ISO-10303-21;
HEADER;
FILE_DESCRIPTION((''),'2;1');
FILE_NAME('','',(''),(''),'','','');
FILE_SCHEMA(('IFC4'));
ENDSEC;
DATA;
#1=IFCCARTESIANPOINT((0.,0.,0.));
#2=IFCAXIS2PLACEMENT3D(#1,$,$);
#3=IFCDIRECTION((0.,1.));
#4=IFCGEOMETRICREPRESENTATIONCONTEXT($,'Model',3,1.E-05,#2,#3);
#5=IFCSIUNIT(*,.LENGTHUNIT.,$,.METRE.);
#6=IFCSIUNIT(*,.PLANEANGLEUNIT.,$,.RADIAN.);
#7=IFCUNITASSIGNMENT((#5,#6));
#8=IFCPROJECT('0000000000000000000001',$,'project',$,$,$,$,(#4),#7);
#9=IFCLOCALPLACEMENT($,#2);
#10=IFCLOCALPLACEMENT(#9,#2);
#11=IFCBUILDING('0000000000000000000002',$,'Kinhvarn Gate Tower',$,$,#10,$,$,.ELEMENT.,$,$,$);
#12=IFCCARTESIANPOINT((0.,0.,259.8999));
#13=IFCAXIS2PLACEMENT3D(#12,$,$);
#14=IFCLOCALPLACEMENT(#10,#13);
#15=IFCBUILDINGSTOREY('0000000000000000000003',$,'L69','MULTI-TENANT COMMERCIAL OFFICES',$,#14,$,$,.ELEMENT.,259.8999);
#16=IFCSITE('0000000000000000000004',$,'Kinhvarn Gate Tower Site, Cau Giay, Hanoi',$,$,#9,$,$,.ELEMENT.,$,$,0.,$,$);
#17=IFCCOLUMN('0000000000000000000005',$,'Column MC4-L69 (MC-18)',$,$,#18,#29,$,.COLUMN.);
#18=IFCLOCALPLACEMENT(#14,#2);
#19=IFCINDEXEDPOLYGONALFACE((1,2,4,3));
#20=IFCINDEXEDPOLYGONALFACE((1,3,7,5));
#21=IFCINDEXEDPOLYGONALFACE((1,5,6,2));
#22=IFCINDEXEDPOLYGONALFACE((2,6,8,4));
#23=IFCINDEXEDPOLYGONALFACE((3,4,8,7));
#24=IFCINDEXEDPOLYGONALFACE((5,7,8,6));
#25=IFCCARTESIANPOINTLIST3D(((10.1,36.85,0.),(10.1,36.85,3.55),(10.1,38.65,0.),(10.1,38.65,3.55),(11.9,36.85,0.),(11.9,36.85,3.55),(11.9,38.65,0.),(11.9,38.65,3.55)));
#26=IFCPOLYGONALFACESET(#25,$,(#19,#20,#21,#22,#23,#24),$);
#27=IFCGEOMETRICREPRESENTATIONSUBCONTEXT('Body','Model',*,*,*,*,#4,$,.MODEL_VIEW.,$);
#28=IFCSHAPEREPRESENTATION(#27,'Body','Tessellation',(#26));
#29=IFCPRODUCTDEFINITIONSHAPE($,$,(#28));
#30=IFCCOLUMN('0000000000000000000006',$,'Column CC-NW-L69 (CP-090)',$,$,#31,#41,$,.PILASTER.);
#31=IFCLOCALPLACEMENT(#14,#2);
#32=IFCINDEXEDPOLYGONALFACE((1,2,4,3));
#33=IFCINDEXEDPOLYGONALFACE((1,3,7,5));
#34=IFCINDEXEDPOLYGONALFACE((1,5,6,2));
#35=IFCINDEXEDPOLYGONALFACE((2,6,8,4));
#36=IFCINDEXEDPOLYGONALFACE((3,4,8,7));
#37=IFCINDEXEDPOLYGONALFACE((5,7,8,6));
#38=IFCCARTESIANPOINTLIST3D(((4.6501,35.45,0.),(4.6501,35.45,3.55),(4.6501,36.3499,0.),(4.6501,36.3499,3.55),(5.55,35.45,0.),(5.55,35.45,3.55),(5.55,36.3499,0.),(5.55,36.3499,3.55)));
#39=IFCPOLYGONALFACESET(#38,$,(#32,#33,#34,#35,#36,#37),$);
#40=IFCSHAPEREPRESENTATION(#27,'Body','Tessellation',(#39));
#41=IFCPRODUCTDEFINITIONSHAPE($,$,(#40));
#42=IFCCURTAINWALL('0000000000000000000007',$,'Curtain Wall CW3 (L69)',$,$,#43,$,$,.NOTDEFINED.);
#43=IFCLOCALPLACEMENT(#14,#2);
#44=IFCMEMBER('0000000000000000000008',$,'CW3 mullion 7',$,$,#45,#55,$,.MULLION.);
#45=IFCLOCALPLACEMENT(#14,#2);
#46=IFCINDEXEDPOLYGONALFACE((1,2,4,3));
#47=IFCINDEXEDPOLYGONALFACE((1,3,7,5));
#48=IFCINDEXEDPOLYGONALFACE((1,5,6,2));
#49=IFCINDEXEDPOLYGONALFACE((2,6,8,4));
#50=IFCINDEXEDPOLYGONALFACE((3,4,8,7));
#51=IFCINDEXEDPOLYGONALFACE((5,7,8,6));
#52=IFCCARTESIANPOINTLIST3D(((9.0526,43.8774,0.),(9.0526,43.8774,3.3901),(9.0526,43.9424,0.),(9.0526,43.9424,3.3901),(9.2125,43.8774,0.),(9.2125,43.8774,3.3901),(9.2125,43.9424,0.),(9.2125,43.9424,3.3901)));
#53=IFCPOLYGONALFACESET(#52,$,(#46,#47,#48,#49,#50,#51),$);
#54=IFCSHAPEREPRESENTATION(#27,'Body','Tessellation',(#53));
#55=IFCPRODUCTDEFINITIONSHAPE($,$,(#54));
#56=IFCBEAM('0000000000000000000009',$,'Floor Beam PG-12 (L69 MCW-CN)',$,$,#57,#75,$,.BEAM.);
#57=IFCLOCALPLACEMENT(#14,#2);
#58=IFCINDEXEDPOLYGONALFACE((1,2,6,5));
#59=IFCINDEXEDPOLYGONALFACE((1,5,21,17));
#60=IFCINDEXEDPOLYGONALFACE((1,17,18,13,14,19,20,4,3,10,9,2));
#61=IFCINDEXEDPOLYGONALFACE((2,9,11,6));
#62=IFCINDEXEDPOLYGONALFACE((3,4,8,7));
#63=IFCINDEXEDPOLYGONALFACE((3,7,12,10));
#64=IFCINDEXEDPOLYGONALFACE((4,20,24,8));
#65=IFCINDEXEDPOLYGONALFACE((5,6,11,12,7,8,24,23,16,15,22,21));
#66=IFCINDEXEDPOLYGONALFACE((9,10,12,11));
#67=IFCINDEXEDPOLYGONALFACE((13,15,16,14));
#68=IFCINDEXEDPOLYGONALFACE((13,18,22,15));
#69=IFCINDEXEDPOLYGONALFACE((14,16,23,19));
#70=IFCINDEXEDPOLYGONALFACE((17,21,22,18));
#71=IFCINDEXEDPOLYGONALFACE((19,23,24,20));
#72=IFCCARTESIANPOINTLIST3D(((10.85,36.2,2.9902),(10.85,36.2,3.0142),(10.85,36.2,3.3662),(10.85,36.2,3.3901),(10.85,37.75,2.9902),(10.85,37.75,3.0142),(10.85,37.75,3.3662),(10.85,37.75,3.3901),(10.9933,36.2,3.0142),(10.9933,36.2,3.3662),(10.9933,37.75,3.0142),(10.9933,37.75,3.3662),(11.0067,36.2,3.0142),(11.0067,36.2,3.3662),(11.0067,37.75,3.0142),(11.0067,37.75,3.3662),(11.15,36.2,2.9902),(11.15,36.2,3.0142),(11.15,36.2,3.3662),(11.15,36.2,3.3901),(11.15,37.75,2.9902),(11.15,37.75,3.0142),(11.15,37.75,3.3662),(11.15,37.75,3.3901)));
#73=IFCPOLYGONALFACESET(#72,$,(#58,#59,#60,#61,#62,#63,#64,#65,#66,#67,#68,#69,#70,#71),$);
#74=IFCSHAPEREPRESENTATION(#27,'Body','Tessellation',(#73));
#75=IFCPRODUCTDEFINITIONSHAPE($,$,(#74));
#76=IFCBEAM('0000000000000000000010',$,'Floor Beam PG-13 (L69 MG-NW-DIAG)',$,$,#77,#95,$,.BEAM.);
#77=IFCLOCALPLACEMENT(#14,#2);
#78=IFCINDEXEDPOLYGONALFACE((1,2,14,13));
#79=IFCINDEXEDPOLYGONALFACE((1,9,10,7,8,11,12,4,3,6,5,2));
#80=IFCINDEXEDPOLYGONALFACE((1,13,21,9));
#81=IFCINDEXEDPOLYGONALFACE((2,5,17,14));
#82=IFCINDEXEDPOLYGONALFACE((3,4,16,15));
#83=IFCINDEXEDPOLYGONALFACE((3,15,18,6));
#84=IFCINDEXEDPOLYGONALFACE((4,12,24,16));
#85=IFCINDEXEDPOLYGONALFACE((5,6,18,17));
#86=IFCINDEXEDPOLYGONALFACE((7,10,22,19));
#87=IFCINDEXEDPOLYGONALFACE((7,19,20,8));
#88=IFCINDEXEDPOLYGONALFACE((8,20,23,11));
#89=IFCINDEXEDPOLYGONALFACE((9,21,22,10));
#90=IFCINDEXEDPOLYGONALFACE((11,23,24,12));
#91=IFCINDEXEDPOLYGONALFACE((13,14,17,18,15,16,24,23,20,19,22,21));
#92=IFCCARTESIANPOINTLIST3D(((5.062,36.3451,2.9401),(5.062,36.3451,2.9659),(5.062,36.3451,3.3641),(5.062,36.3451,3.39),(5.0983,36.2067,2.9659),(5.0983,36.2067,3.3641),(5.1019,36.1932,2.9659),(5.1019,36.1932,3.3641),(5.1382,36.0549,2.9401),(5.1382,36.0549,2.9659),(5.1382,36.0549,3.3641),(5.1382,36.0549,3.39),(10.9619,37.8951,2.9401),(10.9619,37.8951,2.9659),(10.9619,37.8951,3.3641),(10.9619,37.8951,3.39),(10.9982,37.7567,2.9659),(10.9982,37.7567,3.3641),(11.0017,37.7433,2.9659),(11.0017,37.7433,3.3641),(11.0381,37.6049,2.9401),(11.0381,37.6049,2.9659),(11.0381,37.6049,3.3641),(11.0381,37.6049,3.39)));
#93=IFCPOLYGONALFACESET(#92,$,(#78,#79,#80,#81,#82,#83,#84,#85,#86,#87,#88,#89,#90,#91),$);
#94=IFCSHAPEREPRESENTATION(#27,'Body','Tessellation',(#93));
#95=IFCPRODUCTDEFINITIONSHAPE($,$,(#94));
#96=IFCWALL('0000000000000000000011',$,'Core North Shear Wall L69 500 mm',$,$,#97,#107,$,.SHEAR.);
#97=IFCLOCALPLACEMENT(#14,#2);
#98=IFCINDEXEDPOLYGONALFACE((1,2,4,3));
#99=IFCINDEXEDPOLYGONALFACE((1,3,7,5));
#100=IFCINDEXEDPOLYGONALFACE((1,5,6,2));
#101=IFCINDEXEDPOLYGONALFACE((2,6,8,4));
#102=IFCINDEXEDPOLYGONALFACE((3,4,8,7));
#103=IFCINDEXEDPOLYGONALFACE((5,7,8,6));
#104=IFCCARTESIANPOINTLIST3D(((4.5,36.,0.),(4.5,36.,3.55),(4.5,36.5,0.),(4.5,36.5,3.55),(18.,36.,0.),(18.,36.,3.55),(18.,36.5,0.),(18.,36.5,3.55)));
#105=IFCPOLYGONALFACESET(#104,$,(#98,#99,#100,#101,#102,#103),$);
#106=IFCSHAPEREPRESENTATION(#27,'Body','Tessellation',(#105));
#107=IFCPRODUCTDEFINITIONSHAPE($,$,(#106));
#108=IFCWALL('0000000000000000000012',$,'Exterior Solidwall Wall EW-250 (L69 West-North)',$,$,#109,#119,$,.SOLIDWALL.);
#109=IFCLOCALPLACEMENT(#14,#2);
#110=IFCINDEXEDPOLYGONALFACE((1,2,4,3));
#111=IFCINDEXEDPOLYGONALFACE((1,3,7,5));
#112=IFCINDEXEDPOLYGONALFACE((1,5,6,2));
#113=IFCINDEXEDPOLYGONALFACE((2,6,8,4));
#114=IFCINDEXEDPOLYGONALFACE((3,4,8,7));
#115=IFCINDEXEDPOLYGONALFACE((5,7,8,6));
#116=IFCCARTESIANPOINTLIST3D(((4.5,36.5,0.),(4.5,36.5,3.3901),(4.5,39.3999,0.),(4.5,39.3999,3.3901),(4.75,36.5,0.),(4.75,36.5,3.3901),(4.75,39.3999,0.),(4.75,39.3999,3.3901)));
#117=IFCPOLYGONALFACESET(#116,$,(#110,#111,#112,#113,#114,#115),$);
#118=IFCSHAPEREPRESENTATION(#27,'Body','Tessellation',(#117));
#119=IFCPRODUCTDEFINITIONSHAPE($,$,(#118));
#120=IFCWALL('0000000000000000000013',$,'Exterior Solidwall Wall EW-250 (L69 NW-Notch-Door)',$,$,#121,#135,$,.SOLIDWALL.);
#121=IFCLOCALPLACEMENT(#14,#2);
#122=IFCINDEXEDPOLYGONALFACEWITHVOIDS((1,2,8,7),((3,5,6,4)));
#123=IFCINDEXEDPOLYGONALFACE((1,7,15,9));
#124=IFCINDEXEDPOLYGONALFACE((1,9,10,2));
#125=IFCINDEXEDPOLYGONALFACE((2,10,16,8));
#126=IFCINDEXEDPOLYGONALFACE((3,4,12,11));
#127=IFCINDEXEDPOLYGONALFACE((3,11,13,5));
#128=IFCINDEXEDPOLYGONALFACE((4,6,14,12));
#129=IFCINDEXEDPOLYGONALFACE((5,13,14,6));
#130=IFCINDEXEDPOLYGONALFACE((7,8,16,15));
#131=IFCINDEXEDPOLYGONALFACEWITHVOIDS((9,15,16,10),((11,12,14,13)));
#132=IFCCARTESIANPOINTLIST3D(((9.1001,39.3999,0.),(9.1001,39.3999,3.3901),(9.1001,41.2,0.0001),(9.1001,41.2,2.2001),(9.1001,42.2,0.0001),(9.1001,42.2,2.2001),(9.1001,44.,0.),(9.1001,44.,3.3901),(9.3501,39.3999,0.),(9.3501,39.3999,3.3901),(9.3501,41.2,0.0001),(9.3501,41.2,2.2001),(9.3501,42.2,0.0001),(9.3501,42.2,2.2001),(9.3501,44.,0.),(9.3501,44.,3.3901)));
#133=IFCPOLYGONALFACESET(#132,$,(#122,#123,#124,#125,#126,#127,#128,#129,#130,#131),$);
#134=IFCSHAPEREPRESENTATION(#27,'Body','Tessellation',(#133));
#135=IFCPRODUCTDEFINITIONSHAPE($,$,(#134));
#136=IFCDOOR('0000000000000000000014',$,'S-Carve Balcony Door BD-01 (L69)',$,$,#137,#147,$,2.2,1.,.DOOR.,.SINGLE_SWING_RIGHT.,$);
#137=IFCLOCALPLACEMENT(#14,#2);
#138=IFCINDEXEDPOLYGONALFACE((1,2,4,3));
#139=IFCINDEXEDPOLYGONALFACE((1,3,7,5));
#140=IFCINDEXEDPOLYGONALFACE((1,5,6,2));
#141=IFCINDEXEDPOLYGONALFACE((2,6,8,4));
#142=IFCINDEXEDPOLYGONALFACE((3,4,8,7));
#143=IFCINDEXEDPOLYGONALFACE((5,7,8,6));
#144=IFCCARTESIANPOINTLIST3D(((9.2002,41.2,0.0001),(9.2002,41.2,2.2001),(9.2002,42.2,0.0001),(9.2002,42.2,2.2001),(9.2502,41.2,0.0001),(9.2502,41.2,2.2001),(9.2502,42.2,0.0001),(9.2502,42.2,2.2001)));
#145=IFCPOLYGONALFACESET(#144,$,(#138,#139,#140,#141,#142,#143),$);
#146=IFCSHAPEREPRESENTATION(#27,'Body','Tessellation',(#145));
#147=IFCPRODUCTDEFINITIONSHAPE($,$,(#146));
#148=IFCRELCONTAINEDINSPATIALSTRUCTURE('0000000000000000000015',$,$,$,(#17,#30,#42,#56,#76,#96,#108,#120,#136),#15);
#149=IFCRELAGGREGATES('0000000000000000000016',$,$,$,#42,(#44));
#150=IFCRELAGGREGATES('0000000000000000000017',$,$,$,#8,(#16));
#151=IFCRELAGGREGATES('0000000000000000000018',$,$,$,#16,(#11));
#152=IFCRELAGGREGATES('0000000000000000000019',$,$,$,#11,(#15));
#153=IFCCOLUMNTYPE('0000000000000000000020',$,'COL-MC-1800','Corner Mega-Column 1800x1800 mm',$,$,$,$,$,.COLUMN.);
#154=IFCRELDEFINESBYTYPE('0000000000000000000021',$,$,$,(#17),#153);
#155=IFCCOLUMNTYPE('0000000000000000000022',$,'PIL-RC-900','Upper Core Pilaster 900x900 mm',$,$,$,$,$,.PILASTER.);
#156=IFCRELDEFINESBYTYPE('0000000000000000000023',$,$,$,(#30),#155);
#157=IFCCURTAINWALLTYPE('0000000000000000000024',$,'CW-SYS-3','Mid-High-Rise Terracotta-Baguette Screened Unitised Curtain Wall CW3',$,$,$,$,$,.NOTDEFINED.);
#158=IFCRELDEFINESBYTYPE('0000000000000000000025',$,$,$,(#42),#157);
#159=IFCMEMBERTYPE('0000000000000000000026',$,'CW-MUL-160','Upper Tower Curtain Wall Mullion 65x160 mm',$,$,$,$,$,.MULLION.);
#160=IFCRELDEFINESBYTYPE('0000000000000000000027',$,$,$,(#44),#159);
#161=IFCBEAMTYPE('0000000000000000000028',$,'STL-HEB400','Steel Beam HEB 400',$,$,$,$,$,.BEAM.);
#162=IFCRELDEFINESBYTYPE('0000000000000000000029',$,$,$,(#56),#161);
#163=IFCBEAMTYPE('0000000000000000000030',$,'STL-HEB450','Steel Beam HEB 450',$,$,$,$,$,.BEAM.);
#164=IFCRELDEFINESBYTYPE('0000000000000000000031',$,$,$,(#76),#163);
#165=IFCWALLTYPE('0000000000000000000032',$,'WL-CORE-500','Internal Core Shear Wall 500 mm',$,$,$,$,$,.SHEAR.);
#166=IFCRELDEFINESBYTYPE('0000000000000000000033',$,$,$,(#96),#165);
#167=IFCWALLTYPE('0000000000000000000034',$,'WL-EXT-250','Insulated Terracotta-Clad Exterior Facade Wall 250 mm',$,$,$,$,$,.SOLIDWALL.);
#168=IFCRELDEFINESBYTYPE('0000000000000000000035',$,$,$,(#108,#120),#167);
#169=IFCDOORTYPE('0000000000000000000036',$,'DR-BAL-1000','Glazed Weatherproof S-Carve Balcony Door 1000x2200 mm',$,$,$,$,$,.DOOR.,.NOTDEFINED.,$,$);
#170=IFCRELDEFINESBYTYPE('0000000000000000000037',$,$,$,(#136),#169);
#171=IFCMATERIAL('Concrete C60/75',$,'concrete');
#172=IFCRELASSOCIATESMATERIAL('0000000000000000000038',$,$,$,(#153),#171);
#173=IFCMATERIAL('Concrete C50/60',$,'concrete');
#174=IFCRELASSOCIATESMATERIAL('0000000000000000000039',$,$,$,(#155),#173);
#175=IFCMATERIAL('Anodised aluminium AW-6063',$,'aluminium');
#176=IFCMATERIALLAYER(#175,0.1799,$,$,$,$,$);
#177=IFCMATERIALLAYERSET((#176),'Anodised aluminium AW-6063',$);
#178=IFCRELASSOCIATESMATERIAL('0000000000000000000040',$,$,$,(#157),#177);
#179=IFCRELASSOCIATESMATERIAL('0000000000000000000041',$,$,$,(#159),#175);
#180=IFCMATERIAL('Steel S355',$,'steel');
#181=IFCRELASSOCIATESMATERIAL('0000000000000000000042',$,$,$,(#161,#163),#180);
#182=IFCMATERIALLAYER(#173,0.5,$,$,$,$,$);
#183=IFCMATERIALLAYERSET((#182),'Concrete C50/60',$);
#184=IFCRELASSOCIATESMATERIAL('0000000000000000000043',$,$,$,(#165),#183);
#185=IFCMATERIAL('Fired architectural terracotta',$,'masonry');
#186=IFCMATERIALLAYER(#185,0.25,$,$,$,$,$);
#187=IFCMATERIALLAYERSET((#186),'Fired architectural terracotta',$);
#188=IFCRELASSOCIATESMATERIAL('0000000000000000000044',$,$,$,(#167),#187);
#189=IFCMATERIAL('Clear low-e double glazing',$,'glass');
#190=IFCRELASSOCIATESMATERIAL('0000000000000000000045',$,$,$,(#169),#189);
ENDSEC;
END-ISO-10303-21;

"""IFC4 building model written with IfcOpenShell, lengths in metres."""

from ifc_helpers import new_model, si_unit, direction, frame, frame_2d, origin, origin_2d, place, context, subcontext, project, spatial, rectangle, i_section, extrude, material, layer, layer_set, material_profile, profile_set, type_object, element, fill, aggregate, save


model = new_model("IFC4")

# Units and contexts
model_context = context("Model", 3, precision=1e-05, world=origin(), true_north=direction((0.0, 1.0)))
body_context = subcontext(model_context, "Body", "Model", "MODEL_VIEW")
ifc_project = project(units=[si_unit("LENGTHUNIT", "METRE"), si_unit("PLANEANGLEUNIT", "RADIAN")], contexts=[model_context])

# Site, building, storey
site_placement = place(None, origin())
site = spatial("IfcSite", under=ifc_project, at=site_placement, Name="Kinhvarn Gate Tower Site, Cau Giay, Hanoi", CompositionType="ELEMENT", RefElevation=0.0)
building_placement = place(site_placement, origin())
building = spatial("IfcBuilding", under=site, at=building_placement, Name="Kinhvarn Gate Tower", CompositionType="ELEMENT")
storey_placement = place(building_placement, frame((0.0, 0.0, 259.8999)))
storey = spatial("IfcBuildingStorey", under=building, at=storey_placement, Name="L69", Description="MULTI-TENANT COMMERCIAL OFFICES", CompositionType="ELEMENT", Elevation=259.8999)

# Columns
ifc_material_1 = material(Name="Concrete C60/75", Category="concrete")
ifc_material_profile_1 = material_profile(ifc_material_1, rectangle(XDim=1.8, YDim=1.8, at=origin_2d()), Name="RC 1800x1800")
ifc_profile_set_1 = profile_set([ifc_material_profile_1], Name="Concrete C60/75")
column_type_1 = type_object("IfcColumnType", Name="COL-MC-1800", Description="Corner Mega-Column 1800x1800 mm", PredefinedType="COLUMN", material=ifc_profile_set_1)
column_1_placement = place(storey_placement, frame((11.0, 37.75, 0.0), z_axis=(0.0, 0.0, 1.0), x_axis=(1.0, 0.0, 0.0)))
element("IfcColumn", 1, at=column_1_placement, inside=storey, type_object=column_type_1, Name="Column MC4-L69 (MC-18)", PredefinedType="COLUMN", context=body_context, shape_type="SweptSolid", body=[
    extrude(rectangle(XDim=1.8, YDim=1.8, at=origin_2d()), origin(), (0.0, 0.0, 1.0), 3.55),
])
ifc_material_2 = material(Name="Concrete C50/60", Category="concrete")
ifc_material_profile_2 = material_profile(ifc_material_2, rectangle(XDim=0.8999, YDim=0.8999, at=origin_2d()), Name="RC 900x900")
ifc_profile_set_2 = profile_set([ifc_material_profile_2], Name="Concrete C50/60")
column_type_2 = type_object("IfcColumnType", Name="PIL-RC-900", Description="Upper Core Pilaster 900x900 mm", PredefinedType="PILASTER", material=ifc_profile_set_2)
column_2_placement = place(storey_placement, frame((5.1001, 35.8999, 0.0), z_axis=(0.0, 0.0, 1.0), x_axis=(1.0, 0.0, 0.0)))
element("IfcColumn", 2, at=column_2_placement, inside=storey, type_object=column_type_2, Name="Column CC-NW-L69 (CP-090)", PredefinedType="PILASTER", context=body_context, shape_type="SweptSolid", body=[
    extrude(rectangle(XDim=0.8999, YDim=0.8999, at=origin_2d()), origin(), (0.0, 0.0, 1.0), 3.55),
])

# Curtain wall, member
ifc_material_3 = material(Name="Anodised aluminium AW-6063", Category="aluminium")
ifc_layer_1 = layer(ifc_material_3, 0.1799)
ifc_layer_set_1 = layer_set([ifc_layer_1], Name="Anodised aluminium AW-6063")
curtain_wall_type = type_object("IfcCurtainWallType", Name="CW-SYS-3", Description="Mid-High-Rise Terracotta-Baguette Screened Unitised Curtain Wall CW3", PredefinedType="NOTDEFINED", material=ifc_layer_set_1)
curtain_wall_placement = place(storey_placement, origin())
curtain_wall = element("IfcCurtainWall", 3, at=curtain_wall_placement, inside=storey, type_object=curtain_wall_type, Name="Curtain Wall CW3 (L69)", PredefinedType="NOTDEFINED")
ifc_material_profile_3 = material_profile(ifc_material_3, rectangle(XDim=0.0649, YDim=0.1599, at=origin_2d()), Name="ALU 65x160")
ifc_profile_set_3 = profile_set([ifc_material_profile_3], Name="Anodised aluminium AW-6063")
member_type = type_object("IfcMemberType", Name="CW-MUL-160", Description="Upper Tower Curtain Wall Mullion 65x160 mm", PredefinedType="MULLION", material=ifc_profile_set_3)
member_placement = place(storey_placement, frame((9.1326, 43.9099, 0.0), z_axis=(0.0, 0.0, 1.0), x_axis=(0.0, -1.0, 0.0)))
member = element("IfcMember", 4, at=member_placement, type_object=member_type, Name="CW3 mullion 7", PredefinedType="MULLION", context=body_context, shape_type="SweptSolid", body=[
    extrude(rectangle(XDim=0.0649, YDim=0.1599, at=origin_2d()), origin(), (0.0, 0.0, 1.0), 3.3901),
])
aggregate(curtain_wall, [member])

# Beams
ifc_material_4 = material(Name="Steel S355", Category="steel")
ifc_material_profile_4 = material_profile(ifc_material_4, i_section(OverallWidth=0.3, OverallDepth=0.3999, WebThickness=0.0134, FlangeThickness=0.0239, at=origin_2d()), Name="HEB 400")
ifc_profile_set_4 = profile_set([ifc_material_profile_4], Name="Steel S355")
beam_type_1 = type_object("IfcBeamType", Name="STL-HEB400", Description="Steel Beam HEB 400", PredefinedType="BEAM", material=ifc_profile_set_4)
beam_1_placement = place(storey_placement, frame((11.0, 36.2, 3.1902), z_axis=(0.0, 1.0, 0.0), x_axis=(-1.0, 0.0, 0.0)))
element("IfcBeam", 5, at=beam_1_placement, inside=storey, type_object=beam_type_1, Name="Floor Beam PG-12 (L69 MCW-CN)", PredefinedType="BEAM", context=body_context, shape_type="SweptSolid", body=[
    extrude(i_section(OverallWidth=0.3, OverallDepth=0.3999, WebThickness=0.0134, FlangeThickness=0.0239, at=origin_2d()), origin(), (0.0, 0.0, 1.0), 1.55),
])
ifc_material_profile_5 = material_profile(ifc_material_4, i_section(OverallWidth=0.3, OverallDepth=0.45, WebThickness=0.0139, FlangeThickness=0.0259, at=origin_2d()), Name="HEB 450")
ifc_profile_set_5 = profile_set([ifc_material_profile_5], Name="Steel S355")
beam_type_2 = type_object("IfcBeamType", Name="STL-HEB450", Description="Steel Beam HEB 450", PredefinedType="BEAM", material=ifc_profile_set_5)
beam_2_placement = place(storey_placement, frame((5.1001, 36.2, 3.165), z_axis=(0.967178, 0.254101, 0.0), x_axis=(-0.254101, 0.967178, 0.0)))
element("IfcBeam", 6, at=beam_2_placement, inside=storey, type_object=beam_type_2, Name="Floor Beam PG-13 (L69 MG-NW-DIAG)", PredefinedType="BEAM", context=body_context, shape_type="SweptSolid", body=[
    extrude(i_section(OverallWidth=0.3, OverallDepth=0.45, WebThickness=0.0139, FlangeThickness=0.0259, at=origin_2d()), origin(), (0.0, 0.0, 1.0), 6.1001),
])

# Walls
ifc_layer_2 = layer(ifc_material_2, 0.5)
ifc_layer_set_2 = layer_set([ifc_layer_2], Name="Concrete C50/60")
wall_type_1 = type_object("IfcWallType", Name="WL-CORE-500", Description="Internal Core Shear Wall 500 mm", PredefinedType="SHEAR", material=ifc_layer_set_2)
wall_1_placement = place(storey_placement, frame((4.5, 36.25, 0.0), z_axis=(0.0, 0.0, 1.0), x_axis=(1.0, 0.0, 0.0)))
element("IfcWall", 7, at=wall_1_placement, inside=storey, type_object=wall_type_1, Name="Core North Shear Wall L69 500 mm", PredefinedType="SHEAR", context=body_context, shape_type="SweptSolid", body=[
    extrude(rectangle(XDim=13.5, YDim=0.5, at=frame_2d((6.75, 0.0))), origin(), (0.0, 0.0, 1.0), 3.55),
])
ifc_material_5 = material(Name="Fired architectural terracotta", Category="masonry")
ifc_layer_3 = layer(ifc_material_5, 0.25)
ifc_layer_set_3 = layer_set([ifc_layer_3], Name="Fired architectural terracotta")
wall_type_2 = type_object("IfcWallType", Name="WL-EXT-250", Description="Insulated Terracotta-Clad Exterior Facade Wall 250 mm", PredefinedType="SOLIDWALL", material=ifc_layer_set_3)
wall_2_placement = place(storey_placement, frame((4.625, 39.3999, 0.0), z_axis=(0.0, 0.0, 1.0), x_axis=(0.0, -1.0, 0.0)))
element("IfcWall", 8, at=wall_2_placement, inside=storey, type_object=wall_type_2, Name="Exterior Solidwall Wall EW-250 (L69 West-North)", PredefinedType="SOLIDWALL", context=body_context, shape_type="SweptSolid", body=[
    extrude(rectangle(XDim=2.8999, YDim=0.25, at=frame_2d((1.45, 0.0))), origin(), (0.0, 0.0, 1.0), 3.3901),
])

# Wall, opening, door
wall_3_placement = place(storey_placement, frame((9.2251, 44.0, 0.0), z_axis=(0.0, 0.0, 1.0), x_axis=(0.0, -1.0, 0.0)))
wall_3 = element("IfcWall", 9, at=wall_3_placement, inside=storey, type_object=wall_type_2, Name="Exterior Solidwall Wall EW-250 (L69 NW-Notch-Door)", PredefinedType="SOLIDWALL", context=body_context, shape_type="SweptSolid", body=[
    extrude(rectangle(XDim=4.6001, YDim=0.25, at=frame_2d((2.3, 0.0))), origin(), (0.0, 0.0, 1.0), 3.3901),
])
opening_1_placement = place(wall_3_placement, frame((1.8, 0.0, 0.0)))
opening_1 = element("IfcOpeningElement", 10, at=opening_1_placement, cuts=wall_3, PredefinedType="OPENING", context=body_context, shape_type="SweptSolid", body=[
    extrude(rectangle(XDim=1.0, YDim=2.2, at=frame_2d((0.5, 1.1001))), frame((0.0, 0.135, 0.0), z_axis=(0.0, -1.0, 0.0), x_axis=(1.0, 0.0, 0.0)), (0.0, 0.0, 1.0), 0.27),
])
ifc_material_6 = material(Name="Clear low-e double glazing", Category="glass")
door_type = type_object("IfcDoorType", Name="DR-BAL-1000", Description="Glazed Weatherproof S-Carve Balcony Door 1000x2200 mm", OperationType="NOTDEFINED", PredefinedType="DOOR", material=ifc_material_6)
door_placement = place(opening_1_placement, frame((1.0, 0.0, 0.0), z_axis=(0.0, 0.0, 1.0), x_axis=(-1.0, 0.0, 0.0)))
door = element("IfcDoor", 11, at=door_placement, inside=storey, type_object=door_type, Name="S-Carve Balcony Door BD-01 (L69)", OperationType="SINGLE_SWING_RIGHT", OverallHeight=2.2, OverallWidth=1.0, PredefinedType="DOOR", context=body_context, shape_type="SweptSolid", body=[
    extrude(rectangle(XDim=1.0, YDim=2.2, at=frame_2d((0.5, 1.1001))), frame((0.0, 0.0249, 0.0), z_axis=(0.0, -1.0, 0.0), x_axis=(1.0, 0.0, 0.0)), (0.0, 0.0, 1.0), 0.05),
])
fill(opening_1, door)

save(model, "model.ifc")
